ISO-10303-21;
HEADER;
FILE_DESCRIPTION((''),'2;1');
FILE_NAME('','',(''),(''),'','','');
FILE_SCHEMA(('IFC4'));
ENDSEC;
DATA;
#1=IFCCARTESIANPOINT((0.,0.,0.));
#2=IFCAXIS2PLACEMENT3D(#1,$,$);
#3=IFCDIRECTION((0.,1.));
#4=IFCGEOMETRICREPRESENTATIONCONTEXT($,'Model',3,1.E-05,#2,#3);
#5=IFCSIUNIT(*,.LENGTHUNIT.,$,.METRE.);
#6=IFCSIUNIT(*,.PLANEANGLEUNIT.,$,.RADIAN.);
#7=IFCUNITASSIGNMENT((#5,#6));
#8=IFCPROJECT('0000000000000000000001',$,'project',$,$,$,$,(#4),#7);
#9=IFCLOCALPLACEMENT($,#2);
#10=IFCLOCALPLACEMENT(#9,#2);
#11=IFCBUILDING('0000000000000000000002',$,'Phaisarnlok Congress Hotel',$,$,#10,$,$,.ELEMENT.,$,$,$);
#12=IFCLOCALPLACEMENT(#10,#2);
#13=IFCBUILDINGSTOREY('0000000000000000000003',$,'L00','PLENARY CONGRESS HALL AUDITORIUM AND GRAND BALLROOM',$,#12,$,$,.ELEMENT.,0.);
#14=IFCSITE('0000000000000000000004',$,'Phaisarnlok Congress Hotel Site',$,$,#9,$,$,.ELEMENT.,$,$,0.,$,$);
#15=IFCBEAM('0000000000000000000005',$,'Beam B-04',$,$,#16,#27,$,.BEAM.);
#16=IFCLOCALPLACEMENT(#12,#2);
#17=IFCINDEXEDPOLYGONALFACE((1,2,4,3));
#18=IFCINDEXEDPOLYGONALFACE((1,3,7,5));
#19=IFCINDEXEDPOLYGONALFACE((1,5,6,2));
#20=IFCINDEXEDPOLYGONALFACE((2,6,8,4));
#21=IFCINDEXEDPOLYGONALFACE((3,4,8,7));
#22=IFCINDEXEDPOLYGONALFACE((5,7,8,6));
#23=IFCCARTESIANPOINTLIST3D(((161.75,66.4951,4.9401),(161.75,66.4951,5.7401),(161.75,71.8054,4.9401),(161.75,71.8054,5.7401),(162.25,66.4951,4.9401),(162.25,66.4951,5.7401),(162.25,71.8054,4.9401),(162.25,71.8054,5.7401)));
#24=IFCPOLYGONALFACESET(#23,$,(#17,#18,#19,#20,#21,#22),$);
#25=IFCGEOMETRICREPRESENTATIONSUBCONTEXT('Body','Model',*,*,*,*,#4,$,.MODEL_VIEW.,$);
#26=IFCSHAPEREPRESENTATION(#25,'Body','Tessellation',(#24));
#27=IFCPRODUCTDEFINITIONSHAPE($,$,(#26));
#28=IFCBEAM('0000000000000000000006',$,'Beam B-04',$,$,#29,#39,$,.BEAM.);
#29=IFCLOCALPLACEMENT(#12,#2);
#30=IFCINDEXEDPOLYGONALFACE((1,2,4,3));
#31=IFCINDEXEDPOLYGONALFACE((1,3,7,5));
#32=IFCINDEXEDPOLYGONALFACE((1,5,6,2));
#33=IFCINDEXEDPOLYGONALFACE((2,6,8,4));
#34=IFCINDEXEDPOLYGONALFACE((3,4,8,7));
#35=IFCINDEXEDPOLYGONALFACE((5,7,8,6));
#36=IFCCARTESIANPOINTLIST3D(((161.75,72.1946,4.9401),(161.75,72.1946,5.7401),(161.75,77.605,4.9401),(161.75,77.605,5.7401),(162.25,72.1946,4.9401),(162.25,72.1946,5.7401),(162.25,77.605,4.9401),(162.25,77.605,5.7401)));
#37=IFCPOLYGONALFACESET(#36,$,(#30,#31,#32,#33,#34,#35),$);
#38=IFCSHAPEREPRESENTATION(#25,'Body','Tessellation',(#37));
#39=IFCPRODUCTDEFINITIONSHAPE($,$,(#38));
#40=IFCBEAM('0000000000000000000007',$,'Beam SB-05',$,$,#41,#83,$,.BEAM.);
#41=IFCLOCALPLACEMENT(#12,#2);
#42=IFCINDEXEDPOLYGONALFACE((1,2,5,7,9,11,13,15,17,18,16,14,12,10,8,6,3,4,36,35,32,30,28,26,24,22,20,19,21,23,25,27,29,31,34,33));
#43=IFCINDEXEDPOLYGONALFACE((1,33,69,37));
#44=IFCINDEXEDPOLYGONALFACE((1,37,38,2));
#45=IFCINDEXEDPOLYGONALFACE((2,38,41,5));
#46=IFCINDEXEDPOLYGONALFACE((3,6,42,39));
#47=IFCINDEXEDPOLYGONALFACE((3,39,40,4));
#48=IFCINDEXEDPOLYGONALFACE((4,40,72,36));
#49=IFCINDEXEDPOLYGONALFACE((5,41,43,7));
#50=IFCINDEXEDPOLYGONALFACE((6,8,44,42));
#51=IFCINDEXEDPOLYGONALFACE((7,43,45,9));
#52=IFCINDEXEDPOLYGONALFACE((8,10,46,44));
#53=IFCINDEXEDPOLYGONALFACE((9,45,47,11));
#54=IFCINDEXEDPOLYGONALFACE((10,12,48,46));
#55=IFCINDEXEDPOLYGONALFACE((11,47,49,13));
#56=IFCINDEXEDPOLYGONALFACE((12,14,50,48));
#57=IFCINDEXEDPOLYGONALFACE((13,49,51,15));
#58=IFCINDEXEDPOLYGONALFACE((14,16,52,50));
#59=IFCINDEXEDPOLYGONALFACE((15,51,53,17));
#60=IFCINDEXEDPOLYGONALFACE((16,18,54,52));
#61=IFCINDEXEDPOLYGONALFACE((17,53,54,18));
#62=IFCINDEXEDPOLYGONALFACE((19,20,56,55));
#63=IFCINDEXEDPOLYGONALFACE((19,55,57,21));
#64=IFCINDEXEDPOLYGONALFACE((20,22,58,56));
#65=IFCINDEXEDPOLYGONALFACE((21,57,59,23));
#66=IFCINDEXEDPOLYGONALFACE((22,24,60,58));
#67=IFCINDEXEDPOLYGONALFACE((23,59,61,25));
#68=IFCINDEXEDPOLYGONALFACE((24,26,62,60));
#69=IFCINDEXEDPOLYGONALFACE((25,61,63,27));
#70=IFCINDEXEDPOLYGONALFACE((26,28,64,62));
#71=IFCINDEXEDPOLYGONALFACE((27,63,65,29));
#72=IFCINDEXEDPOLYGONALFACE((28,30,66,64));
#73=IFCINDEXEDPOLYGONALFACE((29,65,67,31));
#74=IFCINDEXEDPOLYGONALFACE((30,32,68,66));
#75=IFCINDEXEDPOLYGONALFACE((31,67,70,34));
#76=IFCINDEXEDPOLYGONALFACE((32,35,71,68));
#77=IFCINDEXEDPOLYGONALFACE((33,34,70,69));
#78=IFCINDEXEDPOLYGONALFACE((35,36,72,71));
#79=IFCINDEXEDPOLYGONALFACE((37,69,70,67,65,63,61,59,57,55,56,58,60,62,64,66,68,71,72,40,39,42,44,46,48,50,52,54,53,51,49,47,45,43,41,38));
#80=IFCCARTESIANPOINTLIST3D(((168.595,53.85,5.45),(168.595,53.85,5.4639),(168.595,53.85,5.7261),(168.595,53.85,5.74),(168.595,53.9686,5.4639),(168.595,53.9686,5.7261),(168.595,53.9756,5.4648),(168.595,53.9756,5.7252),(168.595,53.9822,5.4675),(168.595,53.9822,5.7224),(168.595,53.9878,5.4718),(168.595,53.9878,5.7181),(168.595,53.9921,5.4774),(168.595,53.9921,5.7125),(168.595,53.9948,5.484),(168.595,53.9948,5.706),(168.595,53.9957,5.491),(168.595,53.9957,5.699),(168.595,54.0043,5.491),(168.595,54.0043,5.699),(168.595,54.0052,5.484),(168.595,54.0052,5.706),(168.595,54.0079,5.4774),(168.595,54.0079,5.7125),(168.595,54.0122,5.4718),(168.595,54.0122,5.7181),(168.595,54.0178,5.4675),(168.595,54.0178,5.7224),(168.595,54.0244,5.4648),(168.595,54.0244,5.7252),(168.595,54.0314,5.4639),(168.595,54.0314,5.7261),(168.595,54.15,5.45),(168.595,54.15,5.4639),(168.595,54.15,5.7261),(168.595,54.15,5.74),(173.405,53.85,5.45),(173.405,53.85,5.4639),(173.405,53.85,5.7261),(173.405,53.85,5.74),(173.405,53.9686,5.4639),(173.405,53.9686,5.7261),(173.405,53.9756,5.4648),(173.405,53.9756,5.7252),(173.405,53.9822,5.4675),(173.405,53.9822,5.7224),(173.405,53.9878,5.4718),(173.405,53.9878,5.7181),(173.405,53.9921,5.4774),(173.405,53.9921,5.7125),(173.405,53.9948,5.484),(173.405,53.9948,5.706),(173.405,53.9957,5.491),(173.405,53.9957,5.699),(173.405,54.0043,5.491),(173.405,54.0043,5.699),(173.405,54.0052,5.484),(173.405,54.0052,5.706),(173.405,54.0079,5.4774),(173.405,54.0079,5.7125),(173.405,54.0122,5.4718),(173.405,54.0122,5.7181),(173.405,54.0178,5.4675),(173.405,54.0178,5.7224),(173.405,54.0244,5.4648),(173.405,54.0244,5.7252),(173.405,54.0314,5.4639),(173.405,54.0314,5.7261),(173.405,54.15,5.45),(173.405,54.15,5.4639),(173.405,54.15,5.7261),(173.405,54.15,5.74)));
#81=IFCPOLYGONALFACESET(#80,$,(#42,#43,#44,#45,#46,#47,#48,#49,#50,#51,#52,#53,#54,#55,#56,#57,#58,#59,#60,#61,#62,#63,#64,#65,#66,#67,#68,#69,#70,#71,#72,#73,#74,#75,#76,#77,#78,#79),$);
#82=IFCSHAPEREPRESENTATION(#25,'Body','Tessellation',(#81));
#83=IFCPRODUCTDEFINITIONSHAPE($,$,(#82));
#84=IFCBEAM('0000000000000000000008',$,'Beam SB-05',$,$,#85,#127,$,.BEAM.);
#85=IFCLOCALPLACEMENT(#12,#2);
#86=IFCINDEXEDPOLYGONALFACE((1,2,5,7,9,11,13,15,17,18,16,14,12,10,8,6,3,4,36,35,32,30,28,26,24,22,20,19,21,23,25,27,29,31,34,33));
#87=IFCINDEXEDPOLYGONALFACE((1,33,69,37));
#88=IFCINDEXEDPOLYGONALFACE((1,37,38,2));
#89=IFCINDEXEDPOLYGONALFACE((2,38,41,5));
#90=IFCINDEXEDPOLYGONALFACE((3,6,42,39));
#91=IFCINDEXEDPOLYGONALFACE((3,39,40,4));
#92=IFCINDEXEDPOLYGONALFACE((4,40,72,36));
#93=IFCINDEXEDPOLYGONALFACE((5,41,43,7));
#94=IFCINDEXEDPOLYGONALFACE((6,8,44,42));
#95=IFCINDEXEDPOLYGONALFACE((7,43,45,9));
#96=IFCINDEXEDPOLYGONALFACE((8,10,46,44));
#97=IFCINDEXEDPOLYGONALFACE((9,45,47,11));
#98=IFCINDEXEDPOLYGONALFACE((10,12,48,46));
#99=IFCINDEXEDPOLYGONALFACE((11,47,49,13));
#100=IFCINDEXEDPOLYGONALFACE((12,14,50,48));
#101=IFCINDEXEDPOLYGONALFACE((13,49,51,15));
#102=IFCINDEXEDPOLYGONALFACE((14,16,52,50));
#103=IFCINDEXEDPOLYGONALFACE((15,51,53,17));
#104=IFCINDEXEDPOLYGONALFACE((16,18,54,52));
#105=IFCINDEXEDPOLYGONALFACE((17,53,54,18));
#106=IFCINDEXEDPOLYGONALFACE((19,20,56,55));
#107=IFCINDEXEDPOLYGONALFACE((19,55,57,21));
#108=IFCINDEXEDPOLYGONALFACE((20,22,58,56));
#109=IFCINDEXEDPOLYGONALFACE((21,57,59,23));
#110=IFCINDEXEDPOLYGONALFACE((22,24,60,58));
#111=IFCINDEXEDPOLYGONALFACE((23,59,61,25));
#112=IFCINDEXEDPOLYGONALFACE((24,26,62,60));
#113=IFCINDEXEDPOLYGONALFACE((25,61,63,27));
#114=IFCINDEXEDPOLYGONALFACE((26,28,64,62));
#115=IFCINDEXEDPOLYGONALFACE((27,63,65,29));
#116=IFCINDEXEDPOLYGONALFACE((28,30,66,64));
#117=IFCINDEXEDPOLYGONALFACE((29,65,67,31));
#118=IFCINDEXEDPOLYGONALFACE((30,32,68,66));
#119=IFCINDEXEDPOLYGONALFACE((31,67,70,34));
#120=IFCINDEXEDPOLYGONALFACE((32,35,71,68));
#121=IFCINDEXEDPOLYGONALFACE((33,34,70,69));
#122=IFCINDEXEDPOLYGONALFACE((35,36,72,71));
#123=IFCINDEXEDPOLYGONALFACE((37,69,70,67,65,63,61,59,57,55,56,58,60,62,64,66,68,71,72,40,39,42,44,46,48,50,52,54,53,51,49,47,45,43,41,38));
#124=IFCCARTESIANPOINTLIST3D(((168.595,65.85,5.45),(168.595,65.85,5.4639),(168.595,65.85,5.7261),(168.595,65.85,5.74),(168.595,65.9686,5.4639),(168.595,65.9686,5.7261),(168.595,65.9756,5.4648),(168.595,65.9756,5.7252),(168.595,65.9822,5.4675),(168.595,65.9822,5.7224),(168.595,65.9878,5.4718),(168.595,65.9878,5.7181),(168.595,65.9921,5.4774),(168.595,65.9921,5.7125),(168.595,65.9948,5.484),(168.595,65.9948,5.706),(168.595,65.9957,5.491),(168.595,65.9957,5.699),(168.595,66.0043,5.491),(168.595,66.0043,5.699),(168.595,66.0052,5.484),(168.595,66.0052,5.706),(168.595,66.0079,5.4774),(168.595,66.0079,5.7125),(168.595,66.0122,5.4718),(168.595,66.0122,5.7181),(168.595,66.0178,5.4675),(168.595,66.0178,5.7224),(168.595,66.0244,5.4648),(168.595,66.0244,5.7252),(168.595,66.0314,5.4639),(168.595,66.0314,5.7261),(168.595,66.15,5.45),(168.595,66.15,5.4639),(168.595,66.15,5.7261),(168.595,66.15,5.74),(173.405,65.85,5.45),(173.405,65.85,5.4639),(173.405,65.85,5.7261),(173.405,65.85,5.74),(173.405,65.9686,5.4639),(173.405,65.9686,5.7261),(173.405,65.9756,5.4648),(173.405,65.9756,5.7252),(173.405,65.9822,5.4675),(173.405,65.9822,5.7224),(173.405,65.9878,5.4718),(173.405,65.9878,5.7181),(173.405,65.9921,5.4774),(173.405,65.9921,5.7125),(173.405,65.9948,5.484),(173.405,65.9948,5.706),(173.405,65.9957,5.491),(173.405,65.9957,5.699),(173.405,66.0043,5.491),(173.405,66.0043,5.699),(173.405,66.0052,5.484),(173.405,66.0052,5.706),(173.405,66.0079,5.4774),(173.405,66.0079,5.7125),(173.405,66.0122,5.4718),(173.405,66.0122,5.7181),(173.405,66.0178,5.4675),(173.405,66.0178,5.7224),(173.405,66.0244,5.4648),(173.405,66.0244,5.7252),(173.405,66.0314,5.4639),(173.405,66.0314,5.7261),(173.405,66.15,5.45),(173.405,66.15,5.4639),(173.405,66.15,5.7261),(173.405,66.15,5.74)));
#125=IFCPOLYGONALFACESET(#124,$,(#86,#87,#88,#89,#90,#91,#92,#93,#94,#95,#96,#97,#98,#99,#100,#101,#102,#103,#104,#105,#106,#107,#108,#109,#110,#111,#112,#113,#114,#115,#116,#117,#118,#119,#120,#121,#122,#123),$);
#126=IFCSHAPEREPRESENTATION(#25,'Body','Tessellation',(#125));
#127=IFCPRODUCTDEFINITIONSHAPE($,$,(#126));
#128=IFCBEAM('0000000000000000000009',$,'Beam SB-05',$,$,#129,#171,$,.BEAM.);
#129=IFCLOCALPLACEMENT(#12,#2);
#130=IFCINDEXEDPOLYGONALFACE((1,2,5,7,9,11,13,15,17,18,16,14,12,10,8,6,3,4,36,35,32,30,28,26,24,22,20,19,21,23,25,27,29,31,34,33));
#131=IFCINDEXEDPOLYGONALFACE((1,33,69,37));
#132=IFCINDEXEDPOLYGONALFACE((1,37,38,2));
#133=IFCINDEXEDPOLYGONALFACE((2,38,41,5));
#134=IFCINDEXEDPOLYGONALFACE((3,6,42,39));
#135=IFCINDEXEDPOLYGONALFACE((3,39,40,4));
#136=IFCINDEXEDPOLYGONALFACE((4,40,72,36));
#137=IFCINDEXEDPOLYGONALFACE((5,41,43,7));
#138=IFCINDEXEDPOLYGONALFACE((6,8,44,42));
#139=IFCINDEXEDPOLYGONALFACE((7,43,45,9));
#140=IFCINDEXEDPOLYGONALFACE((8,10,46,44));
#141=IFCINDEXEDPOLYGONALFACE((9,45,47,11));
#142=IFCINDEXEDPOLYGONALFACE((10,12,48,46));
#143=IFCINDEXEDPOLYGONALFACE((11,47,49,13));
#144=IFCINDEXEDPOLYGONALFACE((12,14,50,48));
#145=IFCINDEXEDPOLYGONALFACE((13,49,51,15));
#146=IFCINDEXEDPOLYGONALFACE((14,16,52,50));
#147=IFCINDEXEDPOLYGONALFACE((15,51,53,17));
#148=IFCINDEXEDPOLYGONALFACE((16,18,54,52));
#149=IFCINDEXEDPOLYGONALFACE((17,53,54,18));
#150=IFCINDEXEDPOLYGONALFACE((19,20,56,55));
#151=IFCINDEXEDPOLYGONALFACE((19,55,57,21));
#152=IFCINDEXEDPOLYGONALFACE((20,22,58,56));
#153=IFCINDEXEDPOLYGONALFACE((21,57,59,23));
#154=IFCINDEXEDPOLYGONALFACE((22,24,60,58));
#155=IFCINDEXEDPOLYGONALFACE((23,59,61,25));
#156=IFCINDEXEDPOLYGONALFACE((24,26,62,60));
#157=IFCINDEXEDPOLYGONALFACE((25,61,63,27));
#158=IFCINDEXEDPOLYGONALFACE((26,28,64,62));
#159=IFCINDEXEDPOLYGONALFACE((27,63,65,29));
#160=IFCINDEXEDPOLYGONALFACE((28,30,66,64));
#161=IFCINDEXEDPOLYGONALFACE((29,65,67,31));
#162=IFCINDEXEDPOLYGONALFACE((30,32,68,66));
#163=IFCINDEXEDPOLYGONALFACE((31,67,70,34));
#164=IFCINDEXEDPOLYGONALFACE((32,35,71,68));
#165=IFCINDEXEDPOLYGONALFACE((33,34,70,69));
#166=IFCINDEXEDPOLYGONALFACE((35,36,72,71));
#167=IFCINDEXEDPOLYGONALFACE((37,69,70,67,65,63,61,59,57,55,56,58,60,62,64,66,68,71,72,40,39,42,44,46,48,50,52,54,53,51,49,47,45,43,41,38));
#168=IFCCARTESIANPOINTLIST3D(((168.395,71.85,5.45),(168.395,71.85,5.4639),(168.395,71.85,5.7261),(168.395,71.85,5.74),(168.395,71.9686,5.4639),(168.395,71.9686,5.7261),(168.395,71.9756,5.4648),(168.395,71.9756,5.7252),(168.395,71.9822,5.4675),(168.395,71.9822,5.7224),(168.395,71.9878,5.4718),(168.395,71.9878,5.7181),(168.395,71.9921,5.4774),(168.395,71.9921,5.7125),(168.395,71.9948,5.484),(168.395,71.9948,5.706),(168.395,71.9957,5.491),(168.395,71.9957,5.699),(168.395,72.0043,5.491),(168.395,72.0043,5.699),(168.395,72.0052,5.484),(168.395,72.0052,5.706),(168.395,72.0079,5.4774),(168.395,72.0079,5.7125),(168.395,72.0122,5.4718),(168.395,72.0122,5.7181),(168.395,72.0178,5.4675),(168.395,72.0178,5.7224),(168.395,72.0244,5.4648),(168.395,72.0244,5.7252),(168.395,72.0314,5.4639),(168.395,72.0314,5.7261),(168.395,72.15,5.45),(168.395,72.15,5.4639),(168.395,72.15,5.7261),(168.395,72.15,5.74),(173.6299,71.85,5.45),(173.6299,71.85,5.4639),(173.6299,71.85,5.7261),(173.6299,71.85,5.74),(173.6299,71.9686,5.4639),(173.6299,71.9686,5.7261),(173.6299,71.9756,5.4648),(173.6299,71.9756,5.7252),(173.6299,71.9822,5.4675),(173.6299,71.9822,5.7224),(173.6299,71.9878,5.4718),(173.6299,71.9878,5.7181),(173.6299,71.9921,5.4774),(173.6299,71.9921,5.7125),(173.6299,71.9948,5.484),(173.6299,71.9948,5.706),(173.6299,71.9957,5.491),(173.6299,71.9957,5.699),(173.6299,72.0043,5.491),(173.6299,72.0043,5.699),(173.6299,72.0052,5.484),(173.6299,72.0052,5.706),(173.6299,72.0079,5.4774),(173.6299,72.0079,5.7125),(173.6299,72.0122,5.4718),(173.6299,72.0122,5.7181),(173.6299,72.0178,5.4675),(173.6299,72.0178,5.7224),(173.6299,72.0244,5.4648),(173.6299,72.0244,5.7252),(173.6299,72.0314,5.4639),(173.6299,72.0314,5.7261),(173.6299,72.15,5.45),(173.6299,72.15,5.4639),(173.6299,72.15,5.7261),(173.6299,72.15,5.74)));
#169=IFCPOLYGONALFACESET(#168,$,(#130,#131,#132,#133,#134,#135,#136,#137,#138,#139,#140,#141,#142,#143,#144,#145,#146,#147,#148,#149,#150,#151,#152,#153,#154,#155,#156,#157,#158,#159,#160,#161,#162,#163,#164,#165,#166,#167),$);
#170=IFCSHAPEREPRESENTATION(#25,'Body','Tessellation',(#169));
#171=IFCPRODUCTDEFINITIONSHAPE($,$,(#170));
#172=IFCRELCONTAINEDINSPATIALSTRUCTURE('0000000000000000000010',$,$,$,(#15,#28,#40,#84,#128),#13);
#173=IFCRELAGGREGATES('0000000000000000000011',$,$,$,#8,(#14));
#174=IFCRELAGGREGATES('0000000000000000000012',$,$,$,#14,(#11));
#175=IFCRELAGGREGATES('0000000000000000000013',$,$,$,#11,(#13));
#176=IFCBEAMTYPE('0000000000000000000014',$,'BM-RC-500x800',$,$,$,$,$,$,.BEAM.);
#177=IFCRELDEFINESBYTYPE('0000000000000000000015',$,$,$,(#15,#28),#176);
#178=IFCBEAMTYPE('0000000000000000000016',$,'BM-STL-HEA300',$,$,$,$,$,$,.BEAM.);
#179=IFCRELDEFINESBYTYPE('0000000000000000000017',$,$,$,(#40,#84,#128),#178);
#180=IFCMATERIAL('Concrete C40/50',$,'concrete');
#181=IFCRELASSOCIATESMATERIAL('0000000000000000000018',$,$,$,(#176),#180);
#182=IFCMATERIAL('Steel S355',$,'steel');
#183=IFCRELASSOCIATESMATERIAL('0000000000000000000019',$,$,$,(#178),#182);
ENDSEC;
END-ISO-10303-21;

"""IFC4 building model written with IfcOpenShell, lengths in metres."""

from ifc_helpers import new_model, si_unit, direction, frame, origin, origin_2d, place, context, subcontext, project, spatial, rectangle, i_section, extrude, material, material_profile, profile_set, type_object, element, save


model = new_model("IFC4")

# Units and contexts
model_context = context("Model", 3, precision=1e-05, world=origin(), true_north=direction((0.0, 1.0)))
body_context = subcontext(model_context, "Body", "Model", "MODEL_VIEW")
ifc_project = project(units=[si_unit("LENGTHUNIT", "METRE"), si_unit("PLANEANGLEUNIT", "RADIAN")], contexts=[model_context])

# Site, building, storey
site_placement = place(None, origin())
site = spatial("IfcSite", under=ifc_project, at=site_placement, Name="Phaisarnlok Congress Hotel Site", CompositionType="ELEMENT", RefElevation=0.0)
building_placement = place(site_placement, origin())
building = spatial("IfcBuilding", under=site, at=building_placement, Name="Phaisarnlok Congress Hotel", CompositionType="ELEMENT")
storey_placement = place(building_placement, origin())
storey = spatial("IfcBuildingStorey", under=building, at=storey_placement, Name="L00", Description="PLENARY CONGRESS HALL AUDITORIUM AND GRAND BALLROOM", CompositionType="ELEMENT", Elevation=0.0)

# Shared definitions
ifc_material_1 = material(Name="Steel S355", Category="steel")

# Beams
ifc_material_2 = material(Name="Concrete C40/50", Category="concrete")
ifc_material_profile_1 = material_profile(ifc_material_2, rectangle(XDim=0.5, YDim=0.8, at=origin_2d()), Name="RC 500x800")
ifc_profile_set_1 = profile_set([ifc_material_profile_1], Name="Concrete C40/50")
beam_type_1 = type_object("IfcBeamType", Name="BM-RC-500x800", PredefinedType="BEAM", material=ifc_profile_set_1)
beam_1_placement = place(storey_placement, frame((162.0, 66.4951, 5.3401), z_axis=(0.0, 1.0, 0.0), x_axis=(-1.0, 0.0, 0.0)))
element("IfcBeam", 1, at=beam_1_placement, inside=storey, type_object=beam_type_1, Name="Beam B-04", PredefinedType="BEAM", context=body_context, shape_type="SweptSolid", body=[
    extrude(rectangle(XDim=0.5, YDim=0.8, at=origin_2d()), origin(), (0.0, 0.0, 1.0), 5.3103),
])
beam_2_placement = place(storey_placement, frame((162.0, 72.1946, 5.3401), z_axis=(0.0, 1.0, 0.0), x_axis=(-1.0, 0.0, 0.0)))
element("IfcBeam", 2, at=beam_2_placement, inside=storey, type_object=beam_type_1, Name="Beam B-04", PredefinedType="BEAM", context=body_context, shape_type="SweptSolid", body=[
    extrude(rectangle(XDim=0.5, YDim=0.8, at=origin_2d()), origin(), (0.0, 0.0, 1.0), 5.4104),
])
ifc_material_profile_2 = material_profile(ifc_material_1, i_section(OverallWidth=0.3, OverallDepth=0.29, WebThickness=0.0085, FlangeThickness=0.0139, FilletRadius=0.0271, at=origin_2d()), Name="HEA 300")
ifc_profile_set_2 = profile_set([ifc_material_profile_2], Name="Steel S355")
beam_type_2 = type_object("IfcBeamType", Name="BM-STL-HEA300", PredefinedType="BEAM", material=ifc_profile_set_2)
for number, where, z_axis, x_axis, name in (
    (3, (168.595, 54.0, 5.595), (1.0, 0.0, 0.0), (0.0, 1.0, 0.0), "Beam SB-05"),
    (4, (168.595, 66.0, 5.595), (1.0, 0.0, 0.0), (0.0, 1.0, 0.0), "Beam SB-05"),
):
    element("IfcBeam", number, at=place(storey_placement, frame(where, z_axis=z_axis, x_axis=x_axis)), inside=storey, type_object=beam_type_2, Name=name, PredefinedType="BEAM", context=body_context, shape_type="SweptSolid", body=[
        extrude(i_section(OverallWidth=0.3, OverallDepth=0.29, WebThickness=0.0085, FlangeThickness=0.0139, FilletRadius=0.0271, at=origin_2d()), origin(), (0.0, 0.0, 1.0), 4.8101),
    ])
beam_3_placement = place(storey_placement, frame((168.395, 72.0, 5.595), z_axis=(1.0, 0.0, 0.0), x_axis=(0.0, 1.0, 0.0)))
element("IfcBeam", 5, at=beam_3_placement, inside=storey, type_object=beam_type_2, Name="Beam SB-05", PredefinedType="BEAM", context=body_context, shape_type="SweptSolid", body=[
    extrude(i_section(OverallWidth=0.3, OverallDepth=0.29, WebThickness=0.0085, FlangeThickness=0.0139, FilletRadius=0.0271, at=origin_2d()), origin(), (0.0, 0.0, 1.0), 5.2349),
])

save(model, "model.ifc")
